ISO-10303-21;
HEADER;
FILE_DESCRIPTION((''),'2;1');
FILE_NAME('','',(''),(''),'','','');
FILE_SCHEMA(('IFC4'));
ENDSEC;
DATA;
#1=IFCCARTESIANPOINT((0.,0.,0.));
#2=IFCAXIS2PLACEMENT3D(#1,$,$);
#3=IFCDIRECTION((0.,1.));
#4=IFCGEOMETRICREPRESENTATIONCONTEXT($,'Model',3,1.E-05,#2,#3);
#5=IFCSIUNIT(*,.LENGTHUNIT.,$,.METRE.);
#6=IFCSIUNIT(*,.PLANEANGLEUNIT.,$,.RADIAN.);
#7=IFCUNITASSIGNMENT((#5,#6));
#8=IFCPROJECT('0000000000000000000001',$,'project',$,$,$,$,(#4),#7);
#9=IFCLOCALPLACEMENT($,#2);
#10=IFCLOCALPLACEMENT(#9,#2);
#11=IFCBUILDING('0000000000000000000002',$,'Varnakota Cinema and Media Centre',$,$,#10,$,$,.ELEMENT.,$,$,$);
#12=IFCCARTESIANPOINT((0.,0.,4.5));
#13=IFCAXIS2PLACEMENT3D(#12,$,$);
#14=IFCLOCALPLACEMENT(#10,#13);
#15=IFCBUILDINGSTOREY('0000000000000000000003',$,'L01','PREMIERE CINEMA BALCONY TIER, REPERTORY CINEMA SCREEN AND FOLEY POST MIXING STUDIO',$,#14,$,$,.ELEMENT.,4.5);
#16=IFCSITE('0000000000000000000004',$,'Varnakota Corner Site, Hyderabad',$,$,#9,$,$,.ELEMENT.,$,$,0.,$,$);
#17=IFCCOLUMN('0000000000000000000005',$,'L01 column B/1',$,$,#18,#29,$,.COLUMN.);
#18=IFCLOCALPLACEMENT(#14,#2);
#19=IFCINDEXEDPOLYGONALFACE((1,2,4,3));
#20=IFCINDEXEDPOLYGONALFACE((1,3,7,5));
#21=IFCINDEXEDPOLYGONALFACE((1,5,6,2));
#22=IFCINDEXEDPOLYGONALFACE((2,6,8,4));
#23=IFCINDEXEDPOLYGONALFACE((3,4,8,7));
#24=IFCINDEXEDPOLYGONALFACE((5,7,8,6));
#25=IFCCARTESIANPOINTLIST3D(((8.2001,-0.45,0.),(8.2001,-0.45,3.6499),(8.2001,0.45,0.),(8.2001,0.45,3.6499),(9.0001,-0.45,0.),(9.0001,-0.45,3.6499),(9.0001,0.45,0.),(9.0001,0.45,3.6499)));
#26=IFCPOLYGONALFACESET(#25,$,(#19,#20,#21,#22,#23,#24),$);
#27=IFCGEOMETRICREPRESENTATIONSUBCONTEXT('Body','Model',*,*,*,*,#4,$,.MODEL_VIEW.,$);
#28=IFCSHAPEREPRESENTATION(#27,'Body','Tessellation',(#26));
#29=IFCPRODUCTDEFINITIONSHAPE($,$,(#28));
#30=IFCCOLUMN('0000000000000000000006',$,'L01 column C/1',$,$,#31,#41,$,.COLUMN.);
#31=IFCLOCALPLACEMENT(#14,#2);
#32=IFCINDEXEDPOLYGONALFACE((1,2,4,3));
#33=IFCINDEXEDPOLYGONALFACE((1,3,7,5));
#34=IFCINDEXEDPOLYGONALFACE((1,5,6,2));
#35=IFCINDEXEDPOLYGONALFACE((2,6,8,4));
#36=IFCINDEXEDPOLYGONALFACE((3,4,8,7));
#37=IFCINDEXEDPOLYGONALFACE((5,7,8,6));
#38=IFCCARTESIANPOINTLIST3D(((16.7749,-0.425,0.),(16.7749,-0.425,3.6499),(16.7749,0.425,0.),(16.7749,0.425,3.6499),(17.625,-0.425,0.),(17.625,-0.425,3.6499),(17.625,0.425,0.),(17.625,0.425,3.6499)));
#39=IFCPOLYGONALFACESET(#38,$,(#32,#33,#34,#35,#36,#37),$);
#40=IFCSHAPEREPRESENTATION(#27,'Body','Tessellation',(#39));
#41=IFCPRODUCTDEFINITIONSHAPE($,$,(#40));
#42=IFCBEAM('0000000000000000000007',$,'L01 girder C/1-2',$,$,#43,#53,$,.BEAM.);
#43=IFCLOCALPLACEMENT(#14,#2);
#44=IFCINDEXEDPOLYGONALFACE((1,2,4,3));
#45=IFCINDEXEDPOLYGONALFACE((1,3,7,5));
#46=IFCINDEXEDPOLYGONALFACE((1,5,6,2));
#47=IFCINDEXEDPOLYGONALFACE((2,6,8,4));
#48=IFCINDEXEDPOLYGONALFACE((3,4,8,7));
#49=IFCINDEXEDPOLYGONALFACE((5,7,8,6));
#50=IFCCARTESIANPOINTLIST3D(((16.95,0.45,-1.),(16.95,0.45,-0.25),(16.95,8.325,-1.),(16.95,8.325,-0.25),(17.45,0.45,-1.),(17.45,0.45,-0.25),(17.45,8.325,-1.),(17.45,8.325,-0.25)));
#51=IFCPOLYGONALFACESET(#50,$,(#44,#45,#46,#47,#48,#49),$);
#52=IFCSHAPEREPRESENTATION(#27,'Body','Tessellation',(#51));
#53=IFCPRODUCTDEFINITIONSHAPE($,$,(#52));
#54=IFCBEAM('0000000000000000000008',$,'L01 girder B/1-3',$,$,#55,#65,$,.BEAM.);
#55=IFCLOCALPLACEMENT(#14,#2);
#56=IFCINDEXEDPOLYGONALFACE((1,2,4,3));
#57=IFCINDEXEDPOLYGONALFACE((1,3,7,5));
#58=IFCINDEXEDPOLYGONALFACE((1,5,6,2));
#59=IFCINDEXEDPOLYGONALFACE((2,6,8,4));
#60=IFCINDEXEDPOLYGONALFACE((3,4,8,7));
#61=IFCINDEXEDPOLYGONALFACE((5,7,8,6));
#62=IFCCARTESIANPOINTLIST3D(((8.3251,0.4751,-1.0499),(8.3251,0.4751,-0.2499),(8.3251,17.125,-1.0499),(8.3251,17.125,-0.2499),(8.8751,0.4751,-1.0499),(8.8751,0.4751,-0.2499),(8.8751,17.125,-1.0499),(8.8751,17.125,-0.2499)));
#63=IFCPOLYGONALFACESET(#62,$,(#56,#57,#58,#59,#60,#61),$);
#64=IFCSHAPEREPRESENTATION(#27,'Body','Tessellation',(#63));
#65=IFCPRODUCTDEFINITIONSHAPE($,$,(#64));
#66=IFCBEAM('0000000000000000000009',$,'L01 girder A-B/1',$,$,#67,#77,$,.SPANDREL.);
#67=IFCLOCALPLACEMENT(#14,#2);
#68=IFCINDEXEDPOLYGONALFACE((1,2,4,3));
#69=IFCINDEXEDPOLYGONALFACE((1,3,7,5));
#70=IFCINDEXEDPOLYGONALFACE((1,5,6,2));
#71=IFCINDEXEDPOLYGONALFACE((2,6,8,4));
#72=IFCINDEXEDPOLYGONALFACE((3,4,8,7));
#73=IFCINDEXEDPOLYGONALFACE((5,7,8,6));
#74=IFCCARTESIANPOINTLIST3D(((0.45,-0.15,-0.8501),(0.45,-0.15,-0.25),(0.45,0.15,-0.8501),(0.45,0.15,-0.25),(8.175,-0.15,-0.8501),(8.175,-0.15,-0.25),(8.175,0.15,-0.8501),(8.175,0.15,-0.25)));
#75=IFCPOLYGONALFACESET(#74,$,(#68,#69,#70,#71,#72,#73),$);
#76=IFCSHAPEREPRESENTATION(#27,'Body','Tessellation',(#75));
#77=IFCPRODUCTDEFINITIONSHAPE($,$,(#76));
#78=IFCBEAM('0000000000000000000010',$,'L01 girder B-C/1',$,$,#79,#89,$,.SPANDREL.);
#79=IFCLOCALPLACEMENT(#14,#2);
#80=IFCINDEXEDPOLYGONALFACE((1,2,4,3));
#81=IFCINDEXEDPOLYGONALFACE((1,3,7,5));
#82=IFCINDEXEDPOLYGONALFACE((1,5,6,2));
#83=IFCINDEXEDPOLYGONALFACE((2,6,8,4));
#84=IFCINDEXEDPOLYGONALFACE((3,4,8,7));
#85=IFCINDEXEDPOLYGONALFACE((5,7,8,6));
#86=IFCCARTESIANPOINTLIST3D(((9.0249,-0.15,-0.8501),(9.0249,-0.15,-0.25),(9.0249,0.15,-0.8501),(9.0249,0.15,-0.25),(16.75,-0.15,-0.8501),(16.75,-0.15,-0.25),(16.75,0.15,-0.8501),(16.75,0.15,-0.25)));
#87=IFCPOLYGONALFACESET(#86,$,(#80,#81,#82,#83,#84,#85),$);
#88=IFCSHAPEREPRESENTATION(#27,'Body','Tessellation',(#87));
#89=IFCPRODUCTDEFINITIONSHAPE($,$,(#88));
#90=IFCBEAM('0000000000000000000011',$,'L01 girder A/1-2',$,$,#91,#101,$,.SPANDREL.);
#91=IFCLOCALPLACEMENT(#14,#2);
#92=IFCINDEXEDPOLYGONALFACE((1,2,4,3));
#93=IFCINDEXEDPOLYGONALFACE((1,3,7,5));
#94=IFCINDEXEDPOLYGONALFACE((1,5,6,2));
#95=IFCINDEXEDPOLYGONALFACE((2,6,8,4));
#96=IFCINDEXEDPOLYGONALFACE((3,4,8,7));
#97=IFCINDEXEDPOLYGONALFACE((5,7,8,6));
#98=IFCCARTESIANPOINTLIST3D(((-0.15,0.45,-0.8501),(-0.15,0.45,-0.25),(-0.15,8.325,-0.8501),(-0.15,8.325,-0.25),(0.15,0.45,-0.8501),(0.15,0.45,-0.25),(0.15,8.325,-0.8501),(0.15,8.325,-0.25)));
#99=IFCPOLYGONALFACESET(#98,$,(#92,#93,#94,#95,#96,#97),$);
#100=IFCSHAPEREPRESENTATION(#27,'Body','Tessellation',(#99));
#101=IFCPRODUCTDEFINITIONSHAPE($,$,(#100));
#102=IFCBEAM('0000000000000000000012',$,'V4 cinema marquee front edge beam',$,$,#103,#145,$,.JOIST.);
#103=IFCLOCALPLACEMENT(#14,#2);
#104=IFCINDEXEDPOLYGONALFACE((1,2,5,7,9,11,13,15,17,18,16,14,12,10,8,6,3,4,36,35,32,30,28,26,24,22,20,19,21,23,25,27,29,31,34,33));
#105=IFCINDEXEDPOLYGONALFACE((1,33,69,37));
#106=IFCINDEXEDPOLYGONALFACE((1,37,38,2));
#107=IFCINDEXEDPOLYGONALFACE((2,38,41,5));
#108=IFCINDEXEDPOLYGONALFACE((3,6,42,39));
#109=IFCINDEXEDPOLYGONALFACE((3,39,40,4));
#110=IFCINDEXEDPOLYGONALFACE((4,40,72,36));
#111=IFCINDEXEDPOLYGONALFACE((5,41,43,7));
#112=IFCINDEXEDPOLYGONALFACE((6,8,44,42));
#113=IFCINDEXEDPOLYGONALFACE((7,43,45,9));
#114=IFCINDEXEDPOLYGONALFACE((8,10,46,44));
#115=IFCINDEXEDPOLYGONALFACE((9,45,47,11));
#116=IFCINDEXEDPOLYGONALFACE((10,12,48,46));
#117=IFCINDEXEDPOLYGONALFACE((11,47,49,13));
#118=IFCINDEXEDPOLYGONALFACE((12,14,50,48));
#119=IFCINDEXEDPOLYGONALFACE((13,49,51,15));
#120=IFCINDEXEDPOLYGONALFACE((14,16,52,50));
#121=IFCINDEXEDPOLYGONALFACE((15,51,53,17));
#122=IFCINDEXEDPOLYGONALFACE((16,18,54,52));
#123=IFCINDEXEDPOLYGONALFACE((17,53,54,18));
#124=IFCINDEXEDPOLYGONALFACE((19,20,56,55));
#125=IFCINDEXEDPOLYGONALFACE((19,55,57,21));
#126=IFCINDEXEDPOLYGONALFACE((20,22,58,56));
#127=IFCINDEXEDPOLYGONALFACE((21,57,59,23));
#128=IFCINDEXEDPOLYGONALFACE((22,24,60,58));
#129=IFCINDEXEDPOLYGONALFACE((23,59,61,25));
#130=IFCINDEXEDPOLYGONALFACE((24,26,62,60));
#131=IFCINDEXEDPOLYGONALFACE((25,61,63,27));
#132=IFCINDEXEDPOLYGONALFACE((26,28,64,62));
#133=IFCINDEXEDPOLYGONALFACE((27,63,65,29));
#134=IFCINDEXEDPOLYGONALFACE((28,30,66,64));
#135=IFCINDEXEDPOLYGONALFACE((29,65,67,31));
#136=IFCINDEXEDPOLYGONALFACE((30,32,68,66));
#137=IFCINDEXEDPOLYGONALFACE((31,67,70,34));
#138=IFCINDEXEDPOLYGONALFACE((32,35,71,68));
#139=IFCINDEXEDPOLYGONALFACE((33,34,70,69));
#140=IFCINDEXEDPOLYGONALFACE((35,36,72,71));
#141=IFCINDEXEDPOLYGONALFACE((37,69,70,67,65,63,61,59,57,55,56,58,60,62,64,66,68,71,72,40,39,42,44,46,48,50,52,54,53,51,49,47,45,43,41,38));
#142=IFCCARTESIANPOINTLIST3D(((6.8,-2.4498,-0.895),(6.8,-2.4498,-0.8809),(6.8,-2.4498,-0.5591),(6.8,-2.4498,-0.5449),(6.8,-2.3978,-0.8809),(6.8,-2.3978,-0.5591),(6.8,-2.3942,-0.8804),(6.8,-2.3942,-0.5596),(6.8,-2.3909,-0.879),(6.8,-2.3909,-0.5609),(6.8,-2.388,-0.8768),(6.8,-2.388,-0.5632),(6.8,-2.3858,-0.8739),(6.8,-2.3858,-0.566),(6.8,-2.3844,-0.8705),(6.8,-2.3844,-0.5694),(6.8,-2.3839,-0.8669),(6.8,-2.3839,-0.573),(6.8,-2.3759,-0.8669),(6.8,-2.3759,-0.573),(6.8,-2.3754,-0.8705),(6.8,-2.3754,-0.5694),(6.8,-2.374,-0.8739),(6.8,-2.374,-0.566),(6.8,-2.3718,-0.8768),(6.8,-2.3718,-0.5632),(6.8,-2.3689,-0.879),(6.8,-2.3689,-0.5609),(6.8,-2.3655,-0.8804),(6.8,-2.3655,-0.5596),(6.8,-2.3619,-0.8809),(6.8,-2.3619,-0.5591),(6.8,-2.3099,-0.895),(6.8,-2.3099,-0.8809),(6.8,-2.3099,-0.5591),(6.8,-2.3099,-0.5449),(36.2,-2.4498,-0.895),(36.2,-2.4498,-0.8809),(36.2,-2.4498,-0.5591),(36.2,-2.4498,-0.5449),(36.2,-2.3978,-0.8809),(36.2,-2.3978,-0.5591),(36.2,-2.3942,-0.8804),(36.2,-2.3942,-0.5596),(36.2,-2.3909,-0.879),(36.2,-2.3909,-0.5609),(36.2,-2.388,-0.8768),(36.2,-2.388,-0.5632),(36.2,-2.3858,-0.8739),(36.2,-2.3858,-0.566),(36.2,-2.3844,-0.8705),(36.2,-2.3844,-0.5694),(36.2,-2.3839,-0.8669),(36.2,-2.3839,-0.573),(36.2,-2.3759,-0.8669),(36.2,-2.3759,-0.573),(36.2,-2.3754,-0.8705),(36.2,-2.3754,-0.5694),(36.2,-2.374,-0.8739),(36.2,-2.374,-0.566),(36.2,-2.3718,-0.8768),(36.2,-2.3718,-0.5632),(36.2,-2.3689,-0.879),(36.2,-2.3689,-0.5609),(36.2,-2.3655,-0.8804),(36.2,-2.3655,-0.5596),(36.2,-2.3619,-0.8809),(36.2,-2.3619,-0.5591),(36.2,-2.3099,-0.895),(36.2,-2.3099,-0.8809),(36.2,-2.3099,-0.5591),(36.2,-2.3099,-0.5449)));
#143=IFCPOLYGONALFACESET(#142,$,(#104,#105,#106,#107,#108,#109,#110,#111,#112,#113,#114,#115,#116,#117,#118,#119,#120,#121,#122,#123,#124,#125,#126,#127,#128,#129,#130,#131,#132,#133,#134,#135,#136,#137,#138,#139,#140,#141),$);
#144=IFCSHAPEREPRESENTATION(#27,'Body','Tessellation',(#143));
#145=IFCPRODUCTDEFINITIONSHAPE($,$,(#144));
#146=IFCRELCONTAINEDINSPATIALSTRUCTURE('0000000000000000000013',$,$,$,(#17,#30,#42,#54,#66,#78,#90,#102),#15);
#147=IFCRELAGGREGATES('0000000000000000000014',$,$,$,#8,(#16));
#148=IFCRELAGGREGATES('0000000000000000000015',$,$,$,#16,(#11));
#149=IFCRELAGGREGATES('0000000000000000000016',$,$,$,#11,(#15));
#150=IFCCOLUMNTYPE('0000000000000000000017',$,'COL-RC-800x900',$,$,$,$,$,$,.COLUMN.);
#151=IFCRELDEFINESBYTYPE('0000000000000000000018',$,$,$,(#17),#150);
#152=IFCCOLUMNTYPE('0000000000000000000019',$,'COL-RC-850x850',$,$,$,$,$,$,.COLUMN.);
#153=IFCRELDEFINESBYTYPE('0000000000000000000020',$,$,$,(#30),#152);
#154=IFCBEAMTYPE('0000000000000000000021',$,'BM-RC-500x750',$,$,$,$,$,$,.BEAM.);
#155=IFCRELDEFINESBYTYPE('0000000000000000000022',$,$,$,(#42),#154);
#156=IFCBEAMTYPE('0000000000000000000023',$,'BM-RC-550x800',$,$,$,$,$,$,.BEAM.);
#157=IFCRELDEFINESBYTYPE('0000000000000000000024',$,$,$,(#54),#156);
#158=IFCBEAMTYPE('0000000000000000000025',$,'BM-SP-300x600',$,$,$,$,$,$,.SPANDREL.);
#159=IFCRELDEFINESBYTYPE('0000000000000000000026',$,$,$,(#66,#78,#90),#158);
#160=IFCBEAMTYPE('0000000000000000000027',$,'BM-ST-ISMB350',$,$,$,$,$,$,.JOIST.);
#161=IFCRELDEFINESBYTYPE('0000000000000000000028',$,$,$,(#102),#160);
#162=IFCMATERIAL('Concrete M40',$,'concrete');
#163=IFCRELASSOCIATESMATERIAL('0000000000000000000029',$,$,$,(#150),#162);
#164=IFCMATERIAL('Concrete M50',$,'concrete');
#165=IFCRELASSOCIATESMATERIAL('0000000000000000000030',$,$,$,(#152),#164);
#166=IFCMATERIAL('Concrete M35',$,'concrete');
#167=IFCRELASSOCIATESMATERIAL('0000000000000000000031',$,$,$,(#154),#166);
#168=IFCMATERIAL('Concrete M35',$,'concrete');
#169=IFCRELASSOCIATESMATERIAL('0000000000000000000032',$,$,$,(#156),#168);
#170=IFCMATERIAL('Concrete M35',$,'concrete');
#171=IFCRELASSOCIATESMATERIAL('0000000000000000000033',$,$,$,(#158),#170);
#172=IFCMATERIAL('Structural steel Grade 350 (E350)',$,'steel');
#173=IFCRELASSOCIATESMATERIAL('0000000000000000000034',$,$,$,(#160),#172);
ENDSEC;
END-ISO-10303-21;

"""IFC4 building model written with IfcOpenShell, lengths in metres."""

from ifc_helpers import new_model, si_unit, direction, frame, origin, origin_2d, place, context, subcontext, project, spatial, rectangle, i_section, extrude, material, material_profile, profile_set, type_object, element, save


model = new_model("IFC4")

# Units and contexts
model_context = context("Model", 3, precision=1e-05, world=origin(), true_north=direction((0.0, 1.0)))
body_context = subcontext(model_context, "Body", "Model", "MODEL_VIEW")
ifc_project = project(units=[si_unit("LENGTHUNIT", "METRE"), si_unit("PLANEANGLEUNIT", "RADIAN")], contexts=[model_context])

# Site, building, storey
site_placement = place(None, origin())
site = spatial("IfcSite", under=ifc_project, at=site_placement, Name="Varnakota Corner Site, Hyderabad", CompositionType="ELEMENT", RefElevation=0.0)
building_placement = place(site_placement, origin())
building = spatial("IfcBuilding", under=site, at=building_placement, Name="Varnakota Cinema and Media Centre", CompositionType="ELEMENT")
storey_placement = place(building_placement, frame((0.0, 0.0, 4.5)))
storey = spatial("IfcBuildingStorey", under=building, at=storey_placement, Name="L01", Description="PREMIERE CINEMA BALCONY TIER, REPERTORY CINEMA SCREEN AND FOLEY POST MIXING STUDIO", CompositionType="ELEMENT", Elevation=4.5)

# Columns
ifc_material_1 = material(Name="Concrete M40", Category="concrete")
ifc_material_profile_1 = material_profile(ifc_material_1, rectangle(XDim=0.8, YDim=0.8999, at=origin_2d()), Name="RC 800x900")
ifc_profile_set_1 = profile_set([ifc_material_profile_1], Name="Concrete M40")
column_type_1 = type_object("IfcColumnType", Name="COL-RC-800x900", PredefinedType="COLUMN", material=ifc_profile_set_1)
column_1_placement = place(storey_placement, frame((8.6001, 0.0, 0.0), z_axis=(0.0, 0.0, 1.0), x_axis=(1.0, 0.0, 0.0)))
element("IfcColumn", 1, at=column_1_placement, inside=storey, type_object=column_type_1, Name="L01 column B/1", PredefinedType="COLUMN", context=body_context, shape_type="SweptSolid", body=[
    extrude(rectangle(XDim=0.8, YDim=0.8999, at=origin_2d()), origin(), (0.0, 0.0, 1.0), 3.6499),
])
ifc_material_2 = material(Name="Concrete M50", Category="concrete")
ifc_material_profile_2 = material_profile(ifc_material_2, rectangle(XDim=0.8501, YDim=0.8501, at=origin_2d()), Name="RC 850x850")
ifc_profile_set_2 = profile_set([ifc_material_profile_2], Name="Concrete M50")
column_type_2 = type_object("IfcColumnType", Name="COL-RC-850x850", PredefinedType="COLUMN", material=ifc_profile_set_2)
column_2_placement = place(storey_placement, frame((17.2, 0.0, 0.0), z_axis=(0.0, 0.0, 1.0), x_axis=(1.0, 0.0, 0.0)))
element("IfcColumn", 2, at=column_2_placement, inside=storey, type_object=column_type_2, Name="L01 column C/1", PredefinedType="COLUMN", context=body_context, shape_type="SweptSolid", body=[
    extrude(rectangle(XDim=0.8501, YDim=0.8501, at=origin_2d()), origin(), (0.0, 0.0, 1.0), 3.6499),
])

# Beams
ifc_material_3 = material(Name="Concrete M35", Category="concrete")
ifc_material_profile_3 = material_profile(ifc_material_3, rectangle(XDim=0.5, YDim=0.75, at=origin_2d()), Name="RCB 500x750")
ifc_profile_set_3 = profile_set([ifc_material_profile_3], Name="Concrete M35")
beam_type_1 = type_object("IfcBeamType", Name="BM-RC-500x750", PredefinedType="BEAM", material=ifc_profile_set_3)
beam_1_placement = place(storey_placement, frame((17.2, 0.45, -0.625), z_axis=(0.0, 1.0, 0.0), x_axis=(-1.0, 0.0, 0.0)))
element("IfcBeam", 3, at=beam_1_placement, inside=storey, type_object=beam_type_1, Name="L01 girder C/1-2", PredefinedType="BEAM", context=body_context, shape_type="SweptSolid", body=[
    extrude(rectangle(XDim=0.5, YDim=0.75, at=origin_2d()), origin(), (0.0, 0.0, 1.0), 7.875),
])
ifc_material_4 = material(Name="Concrete M35", Category="concrete")
ifc_material_profile_4 = material_profile(ifc_material_4, rectangle(XDim=0.55, YDim=0.8, at=origin_2d()), Name="RCB 550x800")
ifc_profile_set_4 = profile_set([ifc_material_profile_4], Name="Concrete M35")
beam_type_2 = type_object("IfcBeamType", Name="BM-RC-550x800", PredefinedType="BEAM", material=ifc_profile_set_4)
beam_2_placement = place(storey_placement, frame((8.6001, 0.4751, -0.6499), z_axis=(0.0, 1.0, 0.0), x_axis=(-1.0, 0.0, 0.0)))
element("IfcBeam", 4, at=beam_2_placement, inside=storey, type_object=beam_type_2, Name="L01 girder B/1-3", PredefinedType="BEAM", context=body_context, shape_type="SweptSolid", body=[
    extrude(rectangle(XDim=0.55, YDim=0.8, at=origin_2d()), origin(), (0.0, 0.0, 1.0), 16.6499),
])
ifc_material_5 = material(Name="Concrete M35", Category="concrete")
ifc_material_profile_5 = material_profile(ifc_material_5, rectangle(XDim=0.3, YDim=0.6001, at=origin_2d()), Name="RCB 300x600")
ifc_profile_set_5 = profile_set([ifc_material_profile_5], Name="Concrete M35")
beam_type_3 = type_object("IfcBeamType", Name="BM-SP-300x600", PredefinedType="SPANDREL", material=ifc_profile_set_5)
for number, where, z_axis, x_axis, name in (
    (5, (0.45, 0.0, -0.55), (1.0, 0.0, 0.0), (0.0, 1.0, 0.0), "L01 girder A-B/1"),
    (6, (9.0249, 0.0, -0.55), (1.0, 0.0, 0.0), (0.0, 1.0, 0.0), "L01 girder B-C/1"),
):
    element("IfcBeam", number, at=place(storey_placement, frame(where, z_axis=z_axis, x_axis=x_axis)), inside=storey, type_object=beam_type_3, Name=name, PredefinedType="SPANDREL", context=body_context, shape_type="SweptSolid", body=[
        extrude(rectangle(XDim=0.3, YDim=0.6001, at=origin_2d()), origin(), (0.0, 0.0, 1.0), 7.7251),
    ])
beam_3_placement = place(storey_placement, frame((0.0, 0.45, -0.55), z_axis=(0.0, 1.0, 0.0), x_axis=(-1.0, 0.0, 0.0)))
element("IfcBeam", 7, at=beam_3_placement, inside=storey, type_object=beam_type_3, Name="L01 girder A/1-2", PredefinedType="SPANDREL", context=body_context, shape_type="SweptSolid", body=[
    extrude(rectangle(XDim=0.3, YDim=0.6001, at=origin_2d()), origin(), (0.0, 0.0, 1.0), 7.875),
])
ifc_material_6 = material(Name="Structural steel Grade 350 (E350)", Category="steel")
ifc_material_profile_6 = material_profile(ifc_material_6, i_section(OverallWidth=0.1399, OverallDepth=0.3501, WebThickness=0.0081, FlangeThickness=0.0142, FilletRadius=0.0139, at=origin_2d()), Name="ISMB 350")
ifc_profile_set_6 = profile_set([ifc_material_profile_6], Name="Structural steel Grade 350 (E350)")
beam_type_4 = type_object("IfcBeamType", Name="BM-ST-ISMB350", PredefinedType="JOIST", material=ifc_profile_set_6)
beam_4_placement = place(storey_placement, frame((6.8, -2.3799, -0.72), z_axis=(1.0, 0.0, 0.0), x_axis=(0.0, 1.0, 0.0)))
element("IfcBeam", 8, at=beam_4_placement, inside=storey, type_object=beam_type_4, Name="V4 cinema marquee front edge beam", PredefinedType="JOIST", context=body_context, shape_type="SweptSolid", body=[
    extrude(i_section(OverallWidth=0.1399, OverallDepth=0.3501, WebThickness=0.0081, FlangeThickness=0.0142, FilletRadius=0.0139, at=origin_2d()), origin(), (0.0, 0.0, 1.0), 29.3999),
])

save(model, "model.ifc")
